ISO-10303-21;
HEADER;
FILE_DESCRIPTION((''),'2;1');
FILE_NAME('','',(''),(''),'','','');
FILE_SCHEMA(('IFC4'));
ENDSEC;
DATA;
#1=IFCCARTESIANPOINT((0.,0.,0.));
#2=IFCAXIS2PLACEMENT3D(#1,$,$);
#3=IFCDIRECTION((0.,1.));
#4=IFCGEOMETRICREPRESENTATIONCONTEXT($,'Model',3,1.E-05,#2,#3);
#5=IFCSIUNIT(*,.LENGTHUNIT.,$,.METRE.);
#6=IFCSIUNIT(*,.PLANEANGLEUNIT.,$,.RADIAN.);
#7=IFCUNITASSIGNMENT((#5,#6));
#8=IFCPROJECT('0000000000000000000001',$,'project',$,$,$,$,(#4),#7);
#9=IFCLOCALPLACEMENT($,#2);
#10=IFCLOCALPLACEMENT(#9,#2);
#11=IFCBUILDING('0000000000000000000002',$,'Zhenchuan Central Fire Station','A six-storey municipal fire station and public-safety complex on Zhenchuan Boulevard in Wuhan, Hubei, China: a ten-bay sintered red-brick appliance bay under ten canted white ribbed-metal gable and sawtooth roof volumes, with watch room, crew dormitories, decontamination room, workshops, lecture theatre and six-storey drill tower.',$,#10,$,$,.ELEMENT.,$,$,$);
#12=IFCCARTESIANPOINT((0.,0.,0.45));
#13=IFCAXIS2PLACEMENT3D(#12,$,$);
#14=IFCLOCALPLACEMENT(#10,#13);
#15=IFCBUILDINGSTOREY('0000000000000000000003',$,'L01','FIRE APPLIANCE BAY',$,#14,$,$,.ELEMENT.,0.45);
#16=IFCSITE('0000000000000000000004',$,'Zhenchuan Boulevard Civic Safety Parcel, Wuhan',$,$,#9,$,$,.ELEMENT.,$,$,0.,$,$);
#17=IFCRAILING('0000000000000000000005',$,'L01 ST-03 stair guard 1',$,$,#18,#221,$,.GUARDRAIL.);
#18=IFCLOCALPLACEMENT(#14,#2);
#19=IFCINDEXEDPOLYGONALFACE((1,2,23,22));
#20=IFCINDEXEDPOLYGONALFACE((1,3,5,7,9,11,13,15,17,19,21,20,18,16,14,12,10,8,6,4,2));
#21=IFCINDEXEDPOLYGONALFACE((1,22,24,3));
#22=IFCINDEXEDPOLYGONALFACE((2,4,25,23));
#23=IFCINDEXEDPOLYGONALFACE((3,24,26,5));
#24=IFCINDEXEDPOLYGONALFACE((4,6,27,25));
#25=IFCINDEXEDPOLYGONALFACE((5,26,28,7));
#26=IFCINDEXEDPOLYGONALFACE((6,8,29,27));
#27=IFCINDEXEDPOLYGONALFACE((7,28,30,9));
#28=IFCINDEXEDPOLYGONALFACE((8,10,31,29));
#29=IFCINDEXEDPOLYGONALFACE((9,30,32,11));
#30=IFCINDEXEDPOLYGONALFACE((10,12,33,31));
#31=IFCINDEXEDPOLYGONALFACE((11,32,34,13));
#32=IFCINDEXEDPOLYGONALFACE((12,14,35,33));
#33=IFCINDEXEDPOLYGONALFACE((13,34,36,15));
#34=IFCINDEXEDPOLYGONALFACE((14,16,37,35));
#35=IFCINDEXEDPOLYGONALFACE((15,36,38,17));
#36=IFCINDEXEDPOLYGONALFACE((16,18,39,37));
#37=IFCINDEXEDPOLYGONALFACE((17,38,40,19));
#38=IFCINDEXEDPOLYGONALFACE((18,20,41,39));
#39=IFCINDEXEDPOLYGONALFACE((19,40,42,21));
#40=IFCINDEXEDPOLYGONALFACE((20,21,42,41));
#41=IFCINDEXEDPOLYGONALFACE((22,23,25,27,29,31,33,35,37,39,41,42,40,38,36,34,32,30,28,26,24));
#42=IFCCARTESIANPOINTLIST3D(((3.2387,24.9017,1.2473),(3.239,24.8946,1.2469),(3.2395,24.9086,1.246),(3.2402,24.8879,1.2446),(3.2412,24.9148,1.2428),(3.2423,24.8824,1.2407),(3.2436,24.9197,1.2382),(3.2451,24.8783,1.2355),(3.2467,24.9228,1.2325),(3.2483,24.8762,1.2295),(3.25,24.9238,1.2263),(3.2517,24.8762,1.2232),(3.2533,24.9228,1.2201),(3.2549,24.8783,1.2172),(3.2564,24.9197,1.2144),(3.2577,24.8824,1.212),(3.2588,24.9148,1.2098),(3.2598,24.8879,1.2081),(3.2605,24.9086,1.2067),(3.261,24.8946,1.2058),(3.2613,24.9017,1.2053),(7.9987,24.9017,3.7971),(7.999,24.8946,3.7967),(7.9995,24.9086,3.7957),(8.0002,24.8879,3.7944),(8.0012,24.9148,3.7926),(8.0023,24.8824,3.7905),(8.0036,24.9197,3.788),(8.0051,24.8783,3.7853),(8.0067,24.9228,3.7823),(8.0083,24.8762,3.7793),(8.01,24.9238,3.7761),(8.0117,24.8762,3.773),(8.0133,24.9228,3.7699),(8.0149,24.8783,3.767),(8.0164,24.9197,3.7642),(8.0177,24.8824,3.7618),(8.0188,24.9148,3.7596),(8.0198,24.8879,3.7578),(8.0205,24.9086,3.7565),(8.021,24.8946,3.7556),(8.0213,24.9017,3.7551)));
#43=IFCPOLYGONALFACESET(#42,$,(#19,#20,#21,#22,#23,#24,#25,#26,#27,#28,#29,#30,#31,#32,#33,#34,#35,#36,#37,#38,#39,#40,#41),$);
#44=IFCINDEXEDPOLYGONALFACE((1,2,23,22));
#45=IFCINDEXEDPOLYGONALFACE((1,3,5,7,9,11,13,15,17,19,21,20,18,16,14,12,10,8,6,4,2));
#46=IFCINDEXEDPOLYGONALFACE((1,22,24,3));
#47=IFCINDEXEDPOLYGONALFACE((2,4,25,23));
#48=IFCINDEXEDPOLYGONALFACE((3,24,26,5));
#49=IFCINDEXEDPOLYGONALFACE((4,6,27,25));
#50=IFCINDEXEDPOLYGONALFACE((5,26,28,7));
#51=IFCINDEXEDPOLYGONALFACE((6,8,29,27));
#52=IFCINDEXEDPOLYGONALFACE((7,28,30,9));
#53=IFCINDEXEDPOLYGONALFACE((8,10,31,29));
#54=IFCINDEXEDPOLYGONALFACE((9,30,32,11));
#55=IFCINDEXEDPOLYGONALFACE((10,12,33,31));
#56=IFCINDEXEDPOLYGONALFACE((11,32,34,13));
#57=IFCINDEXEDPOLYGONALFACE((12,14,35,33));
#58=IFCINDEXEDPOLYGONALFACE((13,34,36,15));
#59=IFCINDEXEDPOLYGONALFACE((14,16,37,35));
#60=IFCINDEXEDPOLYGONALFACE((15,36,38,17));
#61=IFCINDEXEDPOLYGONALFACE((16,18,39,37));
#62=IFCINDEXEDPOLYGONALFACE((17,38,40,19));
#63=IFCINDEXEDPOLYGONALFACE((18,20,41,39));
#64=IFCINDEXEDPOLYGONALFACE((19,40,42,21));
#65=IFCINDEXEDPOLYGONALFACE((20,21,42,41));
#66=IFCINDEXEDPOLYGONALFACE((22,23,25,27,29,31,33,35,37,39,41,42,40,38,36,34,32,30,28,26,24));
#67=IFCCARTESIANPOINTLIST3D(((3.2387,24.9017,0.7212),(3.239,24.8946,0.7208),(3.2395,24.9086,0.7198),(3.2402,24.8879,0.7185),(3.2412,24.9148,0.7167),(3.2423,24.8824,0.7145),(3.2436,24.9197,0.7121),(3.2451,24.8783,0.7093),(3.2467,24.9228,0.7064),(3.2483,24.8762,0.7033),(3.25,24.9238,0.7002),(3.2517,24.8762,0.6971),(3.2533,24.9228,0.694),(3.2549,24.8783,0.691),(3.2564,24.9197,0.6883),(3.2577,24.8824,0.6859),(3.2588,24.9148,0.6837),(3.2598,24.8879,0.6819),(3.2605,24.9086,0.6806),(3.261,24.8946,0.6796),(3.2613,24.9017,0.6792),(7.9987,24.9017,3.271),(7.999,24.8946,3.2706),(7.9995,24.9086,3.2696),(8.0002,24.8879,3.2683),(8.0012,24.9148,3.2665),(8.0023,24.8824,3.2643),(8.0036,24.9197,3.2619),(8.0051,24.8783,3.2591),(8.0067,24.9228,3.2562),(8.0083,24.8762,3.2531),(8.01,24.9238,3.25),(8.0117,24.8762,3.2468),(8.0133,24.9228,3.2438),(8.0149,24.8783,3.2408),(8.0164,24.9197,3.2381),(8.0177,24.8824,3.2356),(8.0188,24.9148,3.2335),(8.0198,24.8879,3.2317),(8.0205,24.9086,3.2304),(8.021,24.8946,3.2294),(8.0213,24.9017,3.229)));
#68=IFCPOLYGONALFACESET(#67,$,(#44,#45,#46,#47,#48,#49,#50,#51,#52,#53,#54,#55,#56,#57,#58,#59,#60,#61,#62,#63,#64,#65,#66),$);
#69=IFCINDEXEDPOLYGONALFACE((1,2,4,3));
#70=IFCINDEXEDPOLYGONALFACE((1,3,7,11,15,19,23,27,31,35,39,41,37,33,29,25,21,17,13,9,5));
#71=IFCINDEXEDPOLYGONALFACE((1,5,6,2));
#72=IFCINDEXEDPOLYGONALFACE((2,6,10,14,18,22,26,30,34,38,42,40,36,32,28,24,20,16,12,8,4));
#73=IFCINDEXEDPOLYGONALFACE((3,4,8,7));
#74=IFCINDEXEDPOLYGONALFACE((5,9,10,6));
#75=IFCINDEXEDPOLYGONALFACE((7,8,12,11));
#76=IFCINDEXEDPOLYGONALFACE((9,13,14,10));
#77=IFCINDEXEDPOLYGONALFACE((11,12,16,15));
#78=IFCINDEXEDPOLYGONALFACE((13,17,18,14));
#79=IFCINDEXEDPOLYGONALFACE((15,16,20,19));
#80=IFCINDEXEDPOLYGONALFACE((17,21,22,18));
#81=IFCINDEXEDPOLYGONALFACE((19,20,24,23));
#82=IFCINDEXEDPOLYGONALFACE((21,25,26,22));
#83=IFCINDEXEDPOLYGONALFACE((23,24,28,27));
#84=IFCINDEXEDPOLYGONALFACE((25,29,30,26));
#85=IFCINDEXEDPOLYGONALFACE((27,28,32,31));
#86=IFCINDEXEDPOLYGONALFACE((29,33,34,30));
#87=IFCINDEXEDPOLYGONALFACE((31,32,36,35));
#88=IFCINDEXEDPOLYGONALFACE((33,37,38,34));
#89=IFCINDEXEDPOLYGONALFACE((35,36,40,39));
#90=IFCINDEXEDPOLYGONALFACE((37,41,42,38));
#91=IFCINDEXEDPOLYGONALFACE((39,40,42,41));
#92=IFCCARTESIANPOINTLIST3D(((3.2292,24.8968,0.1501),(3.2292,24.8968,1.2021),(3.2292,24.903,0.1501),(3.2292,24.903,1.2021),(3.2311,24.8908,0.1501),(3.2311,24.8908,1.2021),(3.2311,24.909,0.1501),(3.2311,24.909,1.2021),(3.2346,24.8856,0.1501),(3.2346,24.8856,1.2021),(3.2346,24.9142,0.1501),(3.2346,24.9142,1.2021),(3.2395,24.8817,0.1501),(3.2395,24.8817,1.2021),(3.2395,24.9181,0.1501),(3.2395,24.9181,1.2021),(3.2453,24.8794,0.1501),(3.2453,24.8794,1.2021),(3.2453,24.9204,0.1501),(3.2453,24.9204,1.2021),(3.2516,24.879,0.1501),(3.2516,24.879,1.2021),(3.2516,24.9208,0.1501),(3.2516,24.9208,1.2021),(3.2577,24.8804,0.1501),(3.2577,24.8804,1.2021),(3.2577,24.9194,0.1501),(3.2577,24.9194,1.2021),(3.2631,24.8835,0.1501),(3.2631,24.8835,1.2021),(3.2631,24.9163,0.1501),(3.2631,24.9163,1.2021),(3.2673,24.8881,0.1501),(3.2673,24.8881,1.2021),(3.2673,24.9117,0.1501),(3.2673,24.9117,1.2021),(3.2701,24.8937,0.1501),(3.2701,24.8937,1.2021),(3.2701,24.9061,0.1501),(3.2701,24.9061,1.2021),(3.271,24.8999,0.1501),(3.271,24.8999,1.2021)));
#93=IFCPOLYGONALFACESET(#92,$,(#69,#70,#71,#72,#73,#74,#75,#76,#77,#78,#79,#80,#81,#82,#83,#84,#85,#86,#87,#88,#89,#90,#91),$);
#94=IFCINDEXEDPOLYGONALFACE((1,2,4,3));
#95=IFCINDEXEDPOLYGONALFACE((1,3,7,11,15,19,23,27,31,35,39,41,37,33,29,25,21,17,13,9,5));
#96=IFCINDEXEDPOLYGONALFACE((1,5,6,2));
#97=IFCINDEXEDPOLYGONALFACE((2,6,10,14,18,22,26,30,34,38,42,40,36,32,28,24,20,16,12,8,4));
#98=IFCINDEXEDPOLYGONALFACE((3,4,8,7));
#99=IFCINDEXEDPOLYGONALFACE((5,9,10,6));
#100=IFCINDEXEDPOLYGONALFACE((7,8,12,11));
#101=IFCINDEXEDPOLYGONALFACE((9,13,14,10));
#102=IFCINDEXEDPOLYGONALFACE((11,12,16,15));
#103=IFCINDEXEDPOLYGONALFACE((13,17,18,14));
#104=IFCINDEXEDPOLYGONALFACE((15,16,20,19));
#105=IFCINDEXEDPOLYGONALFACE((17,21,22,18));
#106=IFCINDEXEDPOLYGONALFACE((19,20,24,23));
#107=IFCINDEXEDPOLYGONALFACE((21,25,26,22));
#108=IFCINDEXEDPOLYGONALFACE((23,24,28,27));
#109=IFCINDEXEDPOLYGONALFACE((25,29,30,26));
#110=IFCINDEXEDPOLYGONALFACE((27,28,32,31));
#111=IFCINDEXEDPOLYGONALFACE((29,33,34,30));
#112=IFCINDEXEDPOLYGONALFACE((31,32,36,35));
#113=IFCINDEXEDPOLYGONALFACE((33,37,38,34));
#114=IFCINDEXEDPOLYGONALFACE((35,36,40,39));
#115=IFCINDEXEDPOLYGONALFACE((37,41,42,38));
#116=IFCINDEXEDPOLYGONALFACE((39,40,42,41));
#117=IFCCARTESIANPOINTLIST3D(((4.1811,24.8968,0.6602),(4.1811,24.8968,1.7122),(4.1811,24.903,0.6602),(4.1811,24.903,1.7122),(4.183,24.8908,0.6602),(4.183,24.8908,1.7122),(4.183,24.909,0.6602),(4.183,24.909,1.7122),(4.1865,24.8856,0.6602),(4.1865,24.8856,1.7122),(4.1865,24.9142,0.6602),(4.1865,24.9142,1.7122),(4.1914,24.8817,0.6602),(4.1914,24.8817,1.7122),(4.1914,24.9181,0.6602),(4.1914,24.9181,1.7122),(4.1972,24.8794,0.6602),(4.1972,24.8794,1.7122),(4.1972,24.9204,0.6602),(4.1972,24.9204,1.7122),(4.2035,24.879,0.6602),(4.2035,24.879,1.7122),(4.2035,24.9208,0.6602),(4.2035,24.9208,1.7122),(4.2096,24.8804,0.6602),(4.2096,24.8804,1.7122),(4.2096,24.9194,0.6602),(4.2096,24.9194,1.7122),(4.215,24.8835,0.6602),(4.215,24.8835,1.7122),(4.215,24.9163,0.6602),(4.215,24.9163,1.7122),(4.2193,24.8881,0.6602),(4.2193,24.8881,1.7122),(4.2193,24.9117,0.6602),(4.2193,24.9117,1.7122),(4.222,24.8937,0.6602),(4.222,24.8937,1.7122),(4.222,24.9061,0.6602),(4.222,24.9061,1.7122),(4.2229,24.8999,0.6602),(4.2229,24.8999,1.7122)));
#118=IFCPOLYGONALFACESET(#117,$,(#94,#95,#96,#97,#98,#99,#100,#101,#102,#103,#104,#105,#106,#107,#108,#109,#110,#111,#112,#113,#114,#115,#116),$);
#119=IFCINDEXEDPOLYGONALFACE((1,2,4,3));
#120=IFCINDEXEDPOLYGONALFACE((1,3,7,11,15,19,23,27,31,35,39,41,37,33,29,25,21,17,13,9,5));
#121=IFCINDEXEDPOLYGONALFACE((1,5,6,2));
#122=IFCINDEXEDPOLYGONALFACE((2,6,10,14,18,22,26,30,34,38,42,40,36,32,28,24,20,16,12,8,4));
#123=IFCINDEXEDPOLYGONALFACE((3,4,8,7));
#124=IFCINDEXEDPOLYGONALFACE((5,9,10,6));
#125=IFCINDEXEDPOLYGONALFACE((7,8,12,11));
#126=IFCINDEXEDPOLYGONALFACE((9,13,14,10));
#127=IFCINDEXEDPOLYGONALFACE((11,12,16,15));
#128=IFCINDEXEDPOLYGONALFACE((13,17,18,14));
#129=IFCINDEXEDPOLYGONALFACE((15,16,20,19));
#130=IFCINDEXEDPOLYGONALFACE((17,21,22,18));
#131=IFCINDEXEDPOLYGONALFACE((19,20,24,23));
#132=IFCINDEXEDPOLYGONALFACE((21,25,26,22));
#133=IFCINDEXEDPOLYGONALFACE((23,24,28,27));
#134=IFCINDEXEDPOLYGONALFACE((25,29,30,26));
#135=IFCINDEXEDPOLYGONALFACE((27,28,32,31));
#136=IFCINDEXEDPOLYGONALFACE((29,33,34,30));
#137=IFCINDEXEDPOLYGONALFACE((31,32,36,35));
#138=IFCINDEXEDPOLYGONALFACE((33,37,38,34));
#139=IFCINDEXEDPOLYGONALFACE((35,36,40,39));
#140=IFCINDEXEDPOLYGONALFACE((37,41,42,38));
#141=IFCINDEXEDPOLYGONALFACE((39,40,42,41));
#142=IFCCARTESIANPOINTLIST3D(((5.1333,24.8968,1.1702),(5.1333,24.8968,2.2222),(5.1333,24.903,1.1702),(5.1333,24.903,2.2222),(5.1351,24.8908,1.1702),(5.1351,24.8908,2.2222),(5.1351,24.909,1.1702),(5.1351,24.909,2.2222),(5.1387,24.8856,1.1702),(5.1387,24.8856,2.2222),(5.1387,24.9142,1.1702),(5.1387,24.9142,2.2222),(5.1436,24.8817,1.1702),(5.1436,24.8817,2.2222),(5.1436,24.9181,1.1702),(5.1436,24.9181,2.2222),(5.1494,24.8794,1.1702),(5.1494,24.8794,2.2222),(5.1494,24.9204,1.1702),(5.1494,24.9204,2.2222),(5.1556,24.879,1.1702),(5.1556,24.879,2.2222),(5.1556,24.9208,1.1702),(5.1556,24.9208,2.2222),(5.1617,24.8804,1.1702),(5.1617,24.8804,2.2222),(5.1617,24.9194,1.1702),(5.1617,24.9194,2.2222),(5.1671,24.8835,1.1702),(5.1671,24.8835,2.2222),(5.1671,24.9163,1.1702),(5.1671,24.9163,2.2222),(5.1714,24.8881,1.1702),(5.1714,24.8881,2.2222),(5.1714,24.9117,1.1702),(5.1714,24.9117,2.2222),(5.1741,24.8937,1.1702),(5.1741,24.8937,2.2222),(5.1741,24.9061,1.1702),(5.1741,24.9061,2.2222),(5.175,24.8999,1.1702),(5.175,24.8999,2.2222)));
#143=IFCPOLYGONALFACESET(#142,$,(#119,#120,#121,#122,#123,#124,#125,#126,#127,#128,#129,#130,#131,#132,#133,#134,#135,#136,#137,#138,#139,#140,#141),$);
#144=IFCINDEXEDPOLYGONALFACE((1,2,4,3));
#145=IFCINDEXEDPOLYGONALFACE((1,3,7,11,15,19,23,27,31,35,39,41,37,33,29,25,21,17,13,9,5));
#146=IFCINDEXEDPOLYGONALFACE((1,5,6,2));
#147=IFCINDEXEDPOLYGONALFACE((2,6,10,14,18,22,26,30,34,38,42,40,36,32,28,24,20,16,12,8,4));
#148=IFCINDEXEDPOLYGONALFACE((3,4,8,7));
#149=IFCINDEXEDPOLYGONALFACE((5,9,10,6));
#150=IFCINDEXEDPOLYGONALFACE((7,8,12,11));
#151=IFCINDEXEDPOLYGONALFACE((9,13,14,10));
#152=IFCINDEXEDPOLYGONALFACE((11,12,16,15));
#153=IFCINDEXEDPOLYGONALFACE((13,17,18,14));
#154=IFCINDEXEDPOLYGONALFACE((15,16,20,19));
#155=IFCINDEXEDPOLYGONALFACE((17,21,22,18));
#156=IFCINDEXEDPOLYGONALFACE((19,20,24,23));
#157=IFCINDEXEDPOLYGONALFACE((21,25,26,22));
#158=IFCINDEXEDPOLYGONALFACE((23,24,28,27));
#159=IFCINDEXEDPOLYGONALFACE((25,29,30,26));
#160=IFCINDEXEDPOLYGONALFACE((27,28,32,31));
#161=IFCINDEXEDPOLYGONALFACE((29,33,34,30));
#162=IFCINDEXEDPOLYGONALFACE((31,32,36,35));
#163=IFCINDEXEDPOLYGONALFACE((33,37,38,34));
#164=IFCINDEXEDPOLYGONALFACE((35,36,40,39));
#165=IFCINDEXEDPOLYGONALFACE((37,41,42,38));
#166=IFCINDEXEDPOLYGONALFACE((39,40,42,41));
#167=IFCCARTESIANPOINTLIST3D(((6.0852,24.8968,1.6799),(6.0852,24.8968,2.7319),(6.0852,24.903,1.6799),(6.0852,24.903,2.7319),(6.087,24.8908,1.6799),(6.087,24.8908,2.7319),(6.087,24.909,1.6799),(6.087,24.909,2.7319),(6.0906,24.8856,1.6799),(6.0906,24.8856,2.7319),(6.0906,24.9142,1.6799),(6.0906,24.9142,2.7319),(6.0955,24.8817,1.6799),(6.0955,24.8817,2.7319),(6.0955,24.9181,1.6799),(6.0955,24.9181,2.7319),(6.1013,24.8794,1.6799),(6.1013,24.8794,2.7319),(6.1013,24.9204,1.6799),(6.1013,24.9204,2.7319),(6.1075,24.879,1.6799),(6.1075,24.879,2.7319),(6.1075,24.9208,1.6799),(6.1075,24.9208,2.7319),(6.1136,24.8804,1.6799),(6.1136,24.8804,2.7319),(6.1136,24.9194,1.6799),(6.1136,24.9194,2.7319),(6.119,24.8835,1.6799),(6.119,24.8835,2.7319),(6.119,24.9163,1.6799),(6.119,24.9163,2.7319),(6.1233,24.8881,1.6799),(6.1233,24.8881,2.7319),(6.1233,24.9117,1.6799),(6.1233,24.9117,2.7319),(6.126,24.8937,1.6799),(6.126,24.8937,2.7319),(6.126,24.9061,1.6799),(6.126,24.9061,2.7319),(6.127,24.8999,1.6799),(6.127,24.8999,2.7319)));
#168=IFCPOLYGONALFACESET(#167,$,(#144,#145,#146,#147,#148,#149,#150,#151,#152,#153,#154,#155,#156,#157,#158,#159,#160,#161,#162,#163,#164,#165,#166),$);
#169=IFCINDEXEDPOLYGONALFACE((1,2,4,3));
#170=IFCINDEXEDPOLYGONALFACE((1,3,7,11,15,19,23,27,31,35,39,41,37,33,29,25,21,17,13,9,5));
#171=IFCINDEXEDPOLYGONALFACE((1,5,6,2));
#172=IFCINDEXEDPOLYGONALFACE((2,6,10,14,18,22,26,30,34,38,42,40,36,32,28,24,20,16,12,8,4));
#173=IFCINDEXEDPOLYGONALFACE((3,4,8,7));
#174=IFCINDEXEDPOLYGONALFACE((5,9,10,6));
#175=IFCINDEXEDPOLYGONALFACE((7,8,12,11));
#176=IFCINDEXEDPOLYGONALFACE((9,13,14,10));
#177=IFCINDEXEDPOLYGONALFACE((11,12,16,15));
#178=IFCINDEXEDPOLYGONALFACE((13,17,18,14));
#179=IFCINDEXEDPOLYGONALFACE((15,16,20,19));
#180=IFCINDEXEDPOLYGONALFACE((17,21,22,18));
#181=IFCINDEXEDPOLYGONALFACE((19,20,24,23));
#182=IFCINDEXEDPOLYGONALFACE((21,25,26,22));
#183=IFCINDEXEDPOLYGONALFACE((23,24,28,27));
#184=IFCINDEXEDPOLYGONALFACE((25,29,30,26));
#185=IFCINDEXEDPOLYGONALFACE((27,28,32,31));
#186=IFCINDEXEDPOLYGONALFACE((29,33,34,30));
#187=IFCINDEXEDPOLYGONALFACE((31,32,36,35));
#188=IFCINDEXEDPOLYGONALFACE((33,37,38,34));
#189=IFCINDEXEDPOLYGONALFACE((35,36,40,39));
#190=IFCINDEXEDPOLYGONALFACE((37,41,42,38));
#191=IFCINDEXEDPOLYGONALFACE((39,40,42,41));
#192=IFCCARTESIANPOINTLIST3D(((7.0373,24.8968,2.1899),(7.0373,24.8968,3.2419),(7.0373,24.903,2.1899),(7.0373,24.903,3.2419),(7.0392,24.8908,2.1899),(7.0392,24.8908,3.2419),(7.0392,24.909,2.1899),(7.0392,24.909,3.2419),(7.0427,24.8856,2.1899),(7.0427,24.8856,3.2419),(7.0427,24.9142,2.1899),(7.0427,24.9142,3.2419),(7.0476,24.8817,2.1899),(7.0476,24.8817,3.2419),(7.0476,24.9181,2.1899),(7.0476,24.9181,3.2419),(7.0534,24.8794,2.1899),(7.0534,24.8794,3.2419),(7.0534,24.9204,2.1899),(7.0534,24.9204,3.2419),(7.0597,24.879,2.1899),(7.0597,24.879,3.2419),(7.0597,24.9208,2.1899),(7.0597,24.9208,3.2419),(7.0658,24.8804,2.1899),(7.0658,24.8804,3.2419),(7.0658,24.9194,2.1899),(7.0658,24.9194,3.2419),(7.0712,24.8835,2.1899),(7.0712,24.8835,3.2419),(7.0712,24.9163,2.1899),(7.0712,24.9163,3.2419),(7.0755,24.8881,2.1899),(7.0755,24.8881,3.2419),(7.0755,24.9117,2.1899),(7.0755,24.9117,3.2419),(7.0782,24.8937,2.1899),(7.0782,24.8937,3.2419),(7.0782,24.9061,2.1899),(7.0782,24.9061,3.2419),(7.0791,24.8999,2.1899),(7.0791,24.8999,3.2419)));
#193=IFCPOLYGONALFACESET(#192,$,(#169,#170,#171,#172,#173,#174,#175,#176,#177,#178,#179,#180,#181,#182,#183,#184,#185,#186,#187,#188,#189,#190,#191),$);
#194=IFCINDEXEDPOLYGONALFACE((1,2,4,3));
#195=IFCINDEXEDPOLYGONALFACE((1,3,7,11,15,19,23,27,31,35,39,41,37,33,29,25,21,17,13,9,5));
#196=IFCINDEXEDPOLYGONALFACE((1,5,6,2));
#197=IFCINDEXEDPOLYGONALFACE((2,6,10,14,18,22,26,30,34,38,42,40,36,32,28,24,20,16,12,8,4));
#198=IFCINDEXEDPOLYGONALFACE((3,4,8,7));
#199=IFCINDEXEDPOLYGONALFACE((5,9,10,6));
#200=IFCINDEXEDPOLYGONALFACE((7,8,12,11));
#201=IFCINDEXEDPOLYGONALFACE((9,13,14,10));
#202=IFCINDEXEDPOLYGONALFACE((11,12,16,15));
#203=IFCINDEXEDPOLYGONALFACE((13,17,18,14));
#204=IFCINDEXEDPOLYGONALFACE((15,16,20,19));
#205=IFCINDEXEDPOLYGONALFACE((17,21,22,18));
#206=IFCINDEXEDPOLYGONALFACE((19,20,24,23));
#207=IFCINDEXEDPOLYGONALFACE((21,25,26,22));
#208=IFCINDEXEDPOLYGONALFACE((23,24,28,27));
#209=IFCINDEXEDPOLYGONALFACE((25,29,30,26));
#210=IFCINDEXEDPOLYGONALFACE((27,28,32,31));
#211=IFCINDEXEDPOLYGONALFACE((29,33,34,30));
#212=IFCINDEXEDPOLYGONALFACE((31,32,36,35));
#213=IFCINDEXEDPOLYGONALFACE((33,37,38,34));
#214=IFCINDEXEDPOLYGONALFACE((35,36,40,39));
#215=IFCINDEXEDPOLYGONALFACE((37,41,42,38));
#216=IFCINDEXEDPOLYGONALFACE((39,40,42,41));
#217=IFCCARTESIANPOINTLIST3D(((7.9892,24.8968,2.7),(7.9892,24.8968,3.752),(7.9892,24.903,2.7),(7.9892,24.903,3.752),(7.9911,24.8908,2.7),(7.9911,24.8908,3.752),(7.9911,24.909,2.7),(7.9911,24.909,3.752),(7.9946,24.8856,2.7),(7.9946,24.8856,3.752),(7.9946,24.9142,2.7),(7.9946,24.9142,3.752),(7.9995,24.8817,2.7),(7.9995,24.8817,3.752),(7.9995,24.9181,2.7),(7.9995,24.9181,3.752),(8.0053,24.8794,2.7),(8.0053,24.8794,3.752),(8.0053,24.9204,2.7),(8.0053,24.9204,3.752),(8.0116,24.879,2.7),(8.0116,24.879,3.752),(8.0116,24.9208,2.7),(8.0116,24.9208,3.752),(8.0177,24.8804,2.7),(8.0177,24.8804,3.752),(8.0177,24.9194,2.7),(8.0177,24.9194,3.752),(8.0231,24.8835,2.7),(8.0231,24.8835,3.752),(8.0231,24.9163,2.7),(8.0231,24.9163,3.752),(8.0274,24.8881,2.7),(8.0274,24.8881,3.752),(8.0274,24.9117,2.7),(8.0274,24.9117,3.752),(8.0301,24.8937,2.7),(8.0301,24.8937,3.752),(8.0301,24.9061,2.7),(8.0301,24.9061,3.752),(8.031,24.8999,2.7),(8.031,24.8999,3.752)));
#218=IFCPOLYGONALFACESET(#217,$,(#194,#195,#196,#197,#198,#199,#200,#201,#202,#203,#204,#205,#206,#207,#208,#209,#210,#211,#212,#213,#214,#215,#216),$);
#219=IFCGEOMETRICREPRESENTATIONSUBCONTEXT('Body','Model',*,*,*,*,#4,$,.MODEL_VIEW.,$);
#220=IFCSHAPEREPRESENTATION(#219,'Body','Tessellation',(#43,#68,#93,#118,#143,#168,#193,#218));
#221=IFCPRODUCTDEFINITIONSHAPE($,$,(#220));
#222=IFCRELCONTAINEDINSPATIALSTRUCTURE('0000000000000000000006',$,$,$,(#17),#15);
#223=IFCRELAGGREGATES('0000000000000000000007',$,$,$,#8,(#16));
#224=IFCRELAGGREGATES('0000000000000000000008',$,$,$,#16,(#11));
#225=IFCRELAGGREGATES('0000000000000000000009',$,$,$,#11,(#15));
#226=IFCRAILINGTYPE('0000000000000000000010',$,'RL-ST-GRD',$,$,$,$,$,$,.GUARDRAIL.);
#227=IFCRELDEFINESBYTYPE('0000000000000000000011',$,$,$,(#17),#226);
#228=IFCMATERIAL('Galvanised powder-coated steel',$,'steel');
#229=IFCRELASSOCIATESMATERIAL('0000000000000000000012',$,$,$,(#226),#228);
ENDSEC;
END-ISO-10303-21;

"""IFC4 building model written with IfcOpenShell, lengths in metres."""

from ifc_helpers import new_model, si_unit, direction, frame, origin, origin_2d, place, context, subcontext, project, spatial, circle, extrude, material, type_object, element, save


model = new_model("IFC4")

# Units and contexts
model_context = context("Model", 3, precision=1e-05, world=origin(), true_north=direction((0.0, 1.0)))
body_context = subcontext(model_context, "Body", "Model", "MODEL_VIEW")
ifc_project = project(units=[si_unit("LENGTHUNIT", "METRE"), si_unit("PLANEANGLEUNIT", "RADIAN")], contexts=[model_context])

# Site, building, storey
site_placement = place(None, origin())
site = spatial("IfcSite", under=ifc_project, at=site_placement, Name="Zhenchuan Boulevard Civic Safety Parcel, Wuhan", CompositionType="ELEMENT", RefElevation=0.0)
building_placement = place(site_placement, origin())
building = spatial("IfcBuilding", under=site, at=building_placement, Name="Zhenchuan Central Fire Station", Description="A six-storey municipal fire station and public-safety complex on Zhenchuan Boulevard in Wuhan, Hubei, China: a ten-bay sintered red-brick appliance bay under ten canted white ribbed-metal gable and sawtooth roof volumes, with watch room, crew dormitories, decontamination room, workshops, lecture theatre and six-storey drill tower.", CompositionType="ELEMENT")
storey_placement = place(building_placement, frame((0.0, 0.0, 0.45)))
storey = spatial("IfcBuildingStorey", under=building, at=storey_placement, Name="L01", Description="FIRE APPLIANCE BAY", CompositionType="ELEMENT", Elevation=0.45)

# Railing
ifc_material_1 = material(Name="Galvanised powder-coated steel", Category="steel")
railing_type_1 = type_object("IfcRailingType", Name="RL-ST-GRD", PredefinedType="GUARDRAIL", material=ifc_material_1)
railing_1_placement = place(storey_placement, frame((3.25, 24.8999, 0.1501)))
element("IfcRailing", 1, at=railing_1_placement, inside=storey, type_object=railing_type_1, Name="L01 ST-03 stair guard 1", PredefinedType="GUARDRAIL", context=body_context, shape_type="SweptSolid", body=[
    extrude(circle(Radius=0.0239, at=origin_2d()), frame((0.0, 0.0, 1.0762), z_axis=(0.881495, 0.0, 0.472193), x_axis=(0.0, 1.0, 0.0)), (0.0, 0.0, 1.0), 5.3999),
    extrude(circle(Radius=0.0239, at=origin_2d()), frame((0.0, 0.0, 0.55), z_axis=(0.881495, 0.0, 0.472193), x_axis=(0.0, 1.0, 0.0)), (0.0, 0.0, 1.0), 5.3999),
    extrude(circle(Radius=0.021, at=origin_2d()), origin(), (0.0, 0.0, 1.0), 1.052),
    extrude(circle(Radius=0.021, at=origin_2d()), frame((0.9519, 0.0, 0.51)), (0.0, 0.0, 1.0), 1.052),
    extrude(circle(Radius=0.021, at=origin_2d()), frame((1.9041, 0.0, 1.02)), (0.0, 0.0, 1.0), 1.052),
    extrude(circle(Radius=0.021, at=origin_2d()), frame((2.856, 0.0, 1.5298)), (0.0, 0.0, 1.0), 1.052),
    extrude(circle(Radius=0.021, at=origin_2d()), frame((3.8081, 0.0, 2.0398)), (0.0, 0.0, 1.0), 1.052),
    extrude(circle(Radius=0.021, at=origin_2d()), frame((4.76, 0.0, 2.5498)), (0.0, 0.0, 1.0), 1.052),
])

save(model, "model.ifc")
